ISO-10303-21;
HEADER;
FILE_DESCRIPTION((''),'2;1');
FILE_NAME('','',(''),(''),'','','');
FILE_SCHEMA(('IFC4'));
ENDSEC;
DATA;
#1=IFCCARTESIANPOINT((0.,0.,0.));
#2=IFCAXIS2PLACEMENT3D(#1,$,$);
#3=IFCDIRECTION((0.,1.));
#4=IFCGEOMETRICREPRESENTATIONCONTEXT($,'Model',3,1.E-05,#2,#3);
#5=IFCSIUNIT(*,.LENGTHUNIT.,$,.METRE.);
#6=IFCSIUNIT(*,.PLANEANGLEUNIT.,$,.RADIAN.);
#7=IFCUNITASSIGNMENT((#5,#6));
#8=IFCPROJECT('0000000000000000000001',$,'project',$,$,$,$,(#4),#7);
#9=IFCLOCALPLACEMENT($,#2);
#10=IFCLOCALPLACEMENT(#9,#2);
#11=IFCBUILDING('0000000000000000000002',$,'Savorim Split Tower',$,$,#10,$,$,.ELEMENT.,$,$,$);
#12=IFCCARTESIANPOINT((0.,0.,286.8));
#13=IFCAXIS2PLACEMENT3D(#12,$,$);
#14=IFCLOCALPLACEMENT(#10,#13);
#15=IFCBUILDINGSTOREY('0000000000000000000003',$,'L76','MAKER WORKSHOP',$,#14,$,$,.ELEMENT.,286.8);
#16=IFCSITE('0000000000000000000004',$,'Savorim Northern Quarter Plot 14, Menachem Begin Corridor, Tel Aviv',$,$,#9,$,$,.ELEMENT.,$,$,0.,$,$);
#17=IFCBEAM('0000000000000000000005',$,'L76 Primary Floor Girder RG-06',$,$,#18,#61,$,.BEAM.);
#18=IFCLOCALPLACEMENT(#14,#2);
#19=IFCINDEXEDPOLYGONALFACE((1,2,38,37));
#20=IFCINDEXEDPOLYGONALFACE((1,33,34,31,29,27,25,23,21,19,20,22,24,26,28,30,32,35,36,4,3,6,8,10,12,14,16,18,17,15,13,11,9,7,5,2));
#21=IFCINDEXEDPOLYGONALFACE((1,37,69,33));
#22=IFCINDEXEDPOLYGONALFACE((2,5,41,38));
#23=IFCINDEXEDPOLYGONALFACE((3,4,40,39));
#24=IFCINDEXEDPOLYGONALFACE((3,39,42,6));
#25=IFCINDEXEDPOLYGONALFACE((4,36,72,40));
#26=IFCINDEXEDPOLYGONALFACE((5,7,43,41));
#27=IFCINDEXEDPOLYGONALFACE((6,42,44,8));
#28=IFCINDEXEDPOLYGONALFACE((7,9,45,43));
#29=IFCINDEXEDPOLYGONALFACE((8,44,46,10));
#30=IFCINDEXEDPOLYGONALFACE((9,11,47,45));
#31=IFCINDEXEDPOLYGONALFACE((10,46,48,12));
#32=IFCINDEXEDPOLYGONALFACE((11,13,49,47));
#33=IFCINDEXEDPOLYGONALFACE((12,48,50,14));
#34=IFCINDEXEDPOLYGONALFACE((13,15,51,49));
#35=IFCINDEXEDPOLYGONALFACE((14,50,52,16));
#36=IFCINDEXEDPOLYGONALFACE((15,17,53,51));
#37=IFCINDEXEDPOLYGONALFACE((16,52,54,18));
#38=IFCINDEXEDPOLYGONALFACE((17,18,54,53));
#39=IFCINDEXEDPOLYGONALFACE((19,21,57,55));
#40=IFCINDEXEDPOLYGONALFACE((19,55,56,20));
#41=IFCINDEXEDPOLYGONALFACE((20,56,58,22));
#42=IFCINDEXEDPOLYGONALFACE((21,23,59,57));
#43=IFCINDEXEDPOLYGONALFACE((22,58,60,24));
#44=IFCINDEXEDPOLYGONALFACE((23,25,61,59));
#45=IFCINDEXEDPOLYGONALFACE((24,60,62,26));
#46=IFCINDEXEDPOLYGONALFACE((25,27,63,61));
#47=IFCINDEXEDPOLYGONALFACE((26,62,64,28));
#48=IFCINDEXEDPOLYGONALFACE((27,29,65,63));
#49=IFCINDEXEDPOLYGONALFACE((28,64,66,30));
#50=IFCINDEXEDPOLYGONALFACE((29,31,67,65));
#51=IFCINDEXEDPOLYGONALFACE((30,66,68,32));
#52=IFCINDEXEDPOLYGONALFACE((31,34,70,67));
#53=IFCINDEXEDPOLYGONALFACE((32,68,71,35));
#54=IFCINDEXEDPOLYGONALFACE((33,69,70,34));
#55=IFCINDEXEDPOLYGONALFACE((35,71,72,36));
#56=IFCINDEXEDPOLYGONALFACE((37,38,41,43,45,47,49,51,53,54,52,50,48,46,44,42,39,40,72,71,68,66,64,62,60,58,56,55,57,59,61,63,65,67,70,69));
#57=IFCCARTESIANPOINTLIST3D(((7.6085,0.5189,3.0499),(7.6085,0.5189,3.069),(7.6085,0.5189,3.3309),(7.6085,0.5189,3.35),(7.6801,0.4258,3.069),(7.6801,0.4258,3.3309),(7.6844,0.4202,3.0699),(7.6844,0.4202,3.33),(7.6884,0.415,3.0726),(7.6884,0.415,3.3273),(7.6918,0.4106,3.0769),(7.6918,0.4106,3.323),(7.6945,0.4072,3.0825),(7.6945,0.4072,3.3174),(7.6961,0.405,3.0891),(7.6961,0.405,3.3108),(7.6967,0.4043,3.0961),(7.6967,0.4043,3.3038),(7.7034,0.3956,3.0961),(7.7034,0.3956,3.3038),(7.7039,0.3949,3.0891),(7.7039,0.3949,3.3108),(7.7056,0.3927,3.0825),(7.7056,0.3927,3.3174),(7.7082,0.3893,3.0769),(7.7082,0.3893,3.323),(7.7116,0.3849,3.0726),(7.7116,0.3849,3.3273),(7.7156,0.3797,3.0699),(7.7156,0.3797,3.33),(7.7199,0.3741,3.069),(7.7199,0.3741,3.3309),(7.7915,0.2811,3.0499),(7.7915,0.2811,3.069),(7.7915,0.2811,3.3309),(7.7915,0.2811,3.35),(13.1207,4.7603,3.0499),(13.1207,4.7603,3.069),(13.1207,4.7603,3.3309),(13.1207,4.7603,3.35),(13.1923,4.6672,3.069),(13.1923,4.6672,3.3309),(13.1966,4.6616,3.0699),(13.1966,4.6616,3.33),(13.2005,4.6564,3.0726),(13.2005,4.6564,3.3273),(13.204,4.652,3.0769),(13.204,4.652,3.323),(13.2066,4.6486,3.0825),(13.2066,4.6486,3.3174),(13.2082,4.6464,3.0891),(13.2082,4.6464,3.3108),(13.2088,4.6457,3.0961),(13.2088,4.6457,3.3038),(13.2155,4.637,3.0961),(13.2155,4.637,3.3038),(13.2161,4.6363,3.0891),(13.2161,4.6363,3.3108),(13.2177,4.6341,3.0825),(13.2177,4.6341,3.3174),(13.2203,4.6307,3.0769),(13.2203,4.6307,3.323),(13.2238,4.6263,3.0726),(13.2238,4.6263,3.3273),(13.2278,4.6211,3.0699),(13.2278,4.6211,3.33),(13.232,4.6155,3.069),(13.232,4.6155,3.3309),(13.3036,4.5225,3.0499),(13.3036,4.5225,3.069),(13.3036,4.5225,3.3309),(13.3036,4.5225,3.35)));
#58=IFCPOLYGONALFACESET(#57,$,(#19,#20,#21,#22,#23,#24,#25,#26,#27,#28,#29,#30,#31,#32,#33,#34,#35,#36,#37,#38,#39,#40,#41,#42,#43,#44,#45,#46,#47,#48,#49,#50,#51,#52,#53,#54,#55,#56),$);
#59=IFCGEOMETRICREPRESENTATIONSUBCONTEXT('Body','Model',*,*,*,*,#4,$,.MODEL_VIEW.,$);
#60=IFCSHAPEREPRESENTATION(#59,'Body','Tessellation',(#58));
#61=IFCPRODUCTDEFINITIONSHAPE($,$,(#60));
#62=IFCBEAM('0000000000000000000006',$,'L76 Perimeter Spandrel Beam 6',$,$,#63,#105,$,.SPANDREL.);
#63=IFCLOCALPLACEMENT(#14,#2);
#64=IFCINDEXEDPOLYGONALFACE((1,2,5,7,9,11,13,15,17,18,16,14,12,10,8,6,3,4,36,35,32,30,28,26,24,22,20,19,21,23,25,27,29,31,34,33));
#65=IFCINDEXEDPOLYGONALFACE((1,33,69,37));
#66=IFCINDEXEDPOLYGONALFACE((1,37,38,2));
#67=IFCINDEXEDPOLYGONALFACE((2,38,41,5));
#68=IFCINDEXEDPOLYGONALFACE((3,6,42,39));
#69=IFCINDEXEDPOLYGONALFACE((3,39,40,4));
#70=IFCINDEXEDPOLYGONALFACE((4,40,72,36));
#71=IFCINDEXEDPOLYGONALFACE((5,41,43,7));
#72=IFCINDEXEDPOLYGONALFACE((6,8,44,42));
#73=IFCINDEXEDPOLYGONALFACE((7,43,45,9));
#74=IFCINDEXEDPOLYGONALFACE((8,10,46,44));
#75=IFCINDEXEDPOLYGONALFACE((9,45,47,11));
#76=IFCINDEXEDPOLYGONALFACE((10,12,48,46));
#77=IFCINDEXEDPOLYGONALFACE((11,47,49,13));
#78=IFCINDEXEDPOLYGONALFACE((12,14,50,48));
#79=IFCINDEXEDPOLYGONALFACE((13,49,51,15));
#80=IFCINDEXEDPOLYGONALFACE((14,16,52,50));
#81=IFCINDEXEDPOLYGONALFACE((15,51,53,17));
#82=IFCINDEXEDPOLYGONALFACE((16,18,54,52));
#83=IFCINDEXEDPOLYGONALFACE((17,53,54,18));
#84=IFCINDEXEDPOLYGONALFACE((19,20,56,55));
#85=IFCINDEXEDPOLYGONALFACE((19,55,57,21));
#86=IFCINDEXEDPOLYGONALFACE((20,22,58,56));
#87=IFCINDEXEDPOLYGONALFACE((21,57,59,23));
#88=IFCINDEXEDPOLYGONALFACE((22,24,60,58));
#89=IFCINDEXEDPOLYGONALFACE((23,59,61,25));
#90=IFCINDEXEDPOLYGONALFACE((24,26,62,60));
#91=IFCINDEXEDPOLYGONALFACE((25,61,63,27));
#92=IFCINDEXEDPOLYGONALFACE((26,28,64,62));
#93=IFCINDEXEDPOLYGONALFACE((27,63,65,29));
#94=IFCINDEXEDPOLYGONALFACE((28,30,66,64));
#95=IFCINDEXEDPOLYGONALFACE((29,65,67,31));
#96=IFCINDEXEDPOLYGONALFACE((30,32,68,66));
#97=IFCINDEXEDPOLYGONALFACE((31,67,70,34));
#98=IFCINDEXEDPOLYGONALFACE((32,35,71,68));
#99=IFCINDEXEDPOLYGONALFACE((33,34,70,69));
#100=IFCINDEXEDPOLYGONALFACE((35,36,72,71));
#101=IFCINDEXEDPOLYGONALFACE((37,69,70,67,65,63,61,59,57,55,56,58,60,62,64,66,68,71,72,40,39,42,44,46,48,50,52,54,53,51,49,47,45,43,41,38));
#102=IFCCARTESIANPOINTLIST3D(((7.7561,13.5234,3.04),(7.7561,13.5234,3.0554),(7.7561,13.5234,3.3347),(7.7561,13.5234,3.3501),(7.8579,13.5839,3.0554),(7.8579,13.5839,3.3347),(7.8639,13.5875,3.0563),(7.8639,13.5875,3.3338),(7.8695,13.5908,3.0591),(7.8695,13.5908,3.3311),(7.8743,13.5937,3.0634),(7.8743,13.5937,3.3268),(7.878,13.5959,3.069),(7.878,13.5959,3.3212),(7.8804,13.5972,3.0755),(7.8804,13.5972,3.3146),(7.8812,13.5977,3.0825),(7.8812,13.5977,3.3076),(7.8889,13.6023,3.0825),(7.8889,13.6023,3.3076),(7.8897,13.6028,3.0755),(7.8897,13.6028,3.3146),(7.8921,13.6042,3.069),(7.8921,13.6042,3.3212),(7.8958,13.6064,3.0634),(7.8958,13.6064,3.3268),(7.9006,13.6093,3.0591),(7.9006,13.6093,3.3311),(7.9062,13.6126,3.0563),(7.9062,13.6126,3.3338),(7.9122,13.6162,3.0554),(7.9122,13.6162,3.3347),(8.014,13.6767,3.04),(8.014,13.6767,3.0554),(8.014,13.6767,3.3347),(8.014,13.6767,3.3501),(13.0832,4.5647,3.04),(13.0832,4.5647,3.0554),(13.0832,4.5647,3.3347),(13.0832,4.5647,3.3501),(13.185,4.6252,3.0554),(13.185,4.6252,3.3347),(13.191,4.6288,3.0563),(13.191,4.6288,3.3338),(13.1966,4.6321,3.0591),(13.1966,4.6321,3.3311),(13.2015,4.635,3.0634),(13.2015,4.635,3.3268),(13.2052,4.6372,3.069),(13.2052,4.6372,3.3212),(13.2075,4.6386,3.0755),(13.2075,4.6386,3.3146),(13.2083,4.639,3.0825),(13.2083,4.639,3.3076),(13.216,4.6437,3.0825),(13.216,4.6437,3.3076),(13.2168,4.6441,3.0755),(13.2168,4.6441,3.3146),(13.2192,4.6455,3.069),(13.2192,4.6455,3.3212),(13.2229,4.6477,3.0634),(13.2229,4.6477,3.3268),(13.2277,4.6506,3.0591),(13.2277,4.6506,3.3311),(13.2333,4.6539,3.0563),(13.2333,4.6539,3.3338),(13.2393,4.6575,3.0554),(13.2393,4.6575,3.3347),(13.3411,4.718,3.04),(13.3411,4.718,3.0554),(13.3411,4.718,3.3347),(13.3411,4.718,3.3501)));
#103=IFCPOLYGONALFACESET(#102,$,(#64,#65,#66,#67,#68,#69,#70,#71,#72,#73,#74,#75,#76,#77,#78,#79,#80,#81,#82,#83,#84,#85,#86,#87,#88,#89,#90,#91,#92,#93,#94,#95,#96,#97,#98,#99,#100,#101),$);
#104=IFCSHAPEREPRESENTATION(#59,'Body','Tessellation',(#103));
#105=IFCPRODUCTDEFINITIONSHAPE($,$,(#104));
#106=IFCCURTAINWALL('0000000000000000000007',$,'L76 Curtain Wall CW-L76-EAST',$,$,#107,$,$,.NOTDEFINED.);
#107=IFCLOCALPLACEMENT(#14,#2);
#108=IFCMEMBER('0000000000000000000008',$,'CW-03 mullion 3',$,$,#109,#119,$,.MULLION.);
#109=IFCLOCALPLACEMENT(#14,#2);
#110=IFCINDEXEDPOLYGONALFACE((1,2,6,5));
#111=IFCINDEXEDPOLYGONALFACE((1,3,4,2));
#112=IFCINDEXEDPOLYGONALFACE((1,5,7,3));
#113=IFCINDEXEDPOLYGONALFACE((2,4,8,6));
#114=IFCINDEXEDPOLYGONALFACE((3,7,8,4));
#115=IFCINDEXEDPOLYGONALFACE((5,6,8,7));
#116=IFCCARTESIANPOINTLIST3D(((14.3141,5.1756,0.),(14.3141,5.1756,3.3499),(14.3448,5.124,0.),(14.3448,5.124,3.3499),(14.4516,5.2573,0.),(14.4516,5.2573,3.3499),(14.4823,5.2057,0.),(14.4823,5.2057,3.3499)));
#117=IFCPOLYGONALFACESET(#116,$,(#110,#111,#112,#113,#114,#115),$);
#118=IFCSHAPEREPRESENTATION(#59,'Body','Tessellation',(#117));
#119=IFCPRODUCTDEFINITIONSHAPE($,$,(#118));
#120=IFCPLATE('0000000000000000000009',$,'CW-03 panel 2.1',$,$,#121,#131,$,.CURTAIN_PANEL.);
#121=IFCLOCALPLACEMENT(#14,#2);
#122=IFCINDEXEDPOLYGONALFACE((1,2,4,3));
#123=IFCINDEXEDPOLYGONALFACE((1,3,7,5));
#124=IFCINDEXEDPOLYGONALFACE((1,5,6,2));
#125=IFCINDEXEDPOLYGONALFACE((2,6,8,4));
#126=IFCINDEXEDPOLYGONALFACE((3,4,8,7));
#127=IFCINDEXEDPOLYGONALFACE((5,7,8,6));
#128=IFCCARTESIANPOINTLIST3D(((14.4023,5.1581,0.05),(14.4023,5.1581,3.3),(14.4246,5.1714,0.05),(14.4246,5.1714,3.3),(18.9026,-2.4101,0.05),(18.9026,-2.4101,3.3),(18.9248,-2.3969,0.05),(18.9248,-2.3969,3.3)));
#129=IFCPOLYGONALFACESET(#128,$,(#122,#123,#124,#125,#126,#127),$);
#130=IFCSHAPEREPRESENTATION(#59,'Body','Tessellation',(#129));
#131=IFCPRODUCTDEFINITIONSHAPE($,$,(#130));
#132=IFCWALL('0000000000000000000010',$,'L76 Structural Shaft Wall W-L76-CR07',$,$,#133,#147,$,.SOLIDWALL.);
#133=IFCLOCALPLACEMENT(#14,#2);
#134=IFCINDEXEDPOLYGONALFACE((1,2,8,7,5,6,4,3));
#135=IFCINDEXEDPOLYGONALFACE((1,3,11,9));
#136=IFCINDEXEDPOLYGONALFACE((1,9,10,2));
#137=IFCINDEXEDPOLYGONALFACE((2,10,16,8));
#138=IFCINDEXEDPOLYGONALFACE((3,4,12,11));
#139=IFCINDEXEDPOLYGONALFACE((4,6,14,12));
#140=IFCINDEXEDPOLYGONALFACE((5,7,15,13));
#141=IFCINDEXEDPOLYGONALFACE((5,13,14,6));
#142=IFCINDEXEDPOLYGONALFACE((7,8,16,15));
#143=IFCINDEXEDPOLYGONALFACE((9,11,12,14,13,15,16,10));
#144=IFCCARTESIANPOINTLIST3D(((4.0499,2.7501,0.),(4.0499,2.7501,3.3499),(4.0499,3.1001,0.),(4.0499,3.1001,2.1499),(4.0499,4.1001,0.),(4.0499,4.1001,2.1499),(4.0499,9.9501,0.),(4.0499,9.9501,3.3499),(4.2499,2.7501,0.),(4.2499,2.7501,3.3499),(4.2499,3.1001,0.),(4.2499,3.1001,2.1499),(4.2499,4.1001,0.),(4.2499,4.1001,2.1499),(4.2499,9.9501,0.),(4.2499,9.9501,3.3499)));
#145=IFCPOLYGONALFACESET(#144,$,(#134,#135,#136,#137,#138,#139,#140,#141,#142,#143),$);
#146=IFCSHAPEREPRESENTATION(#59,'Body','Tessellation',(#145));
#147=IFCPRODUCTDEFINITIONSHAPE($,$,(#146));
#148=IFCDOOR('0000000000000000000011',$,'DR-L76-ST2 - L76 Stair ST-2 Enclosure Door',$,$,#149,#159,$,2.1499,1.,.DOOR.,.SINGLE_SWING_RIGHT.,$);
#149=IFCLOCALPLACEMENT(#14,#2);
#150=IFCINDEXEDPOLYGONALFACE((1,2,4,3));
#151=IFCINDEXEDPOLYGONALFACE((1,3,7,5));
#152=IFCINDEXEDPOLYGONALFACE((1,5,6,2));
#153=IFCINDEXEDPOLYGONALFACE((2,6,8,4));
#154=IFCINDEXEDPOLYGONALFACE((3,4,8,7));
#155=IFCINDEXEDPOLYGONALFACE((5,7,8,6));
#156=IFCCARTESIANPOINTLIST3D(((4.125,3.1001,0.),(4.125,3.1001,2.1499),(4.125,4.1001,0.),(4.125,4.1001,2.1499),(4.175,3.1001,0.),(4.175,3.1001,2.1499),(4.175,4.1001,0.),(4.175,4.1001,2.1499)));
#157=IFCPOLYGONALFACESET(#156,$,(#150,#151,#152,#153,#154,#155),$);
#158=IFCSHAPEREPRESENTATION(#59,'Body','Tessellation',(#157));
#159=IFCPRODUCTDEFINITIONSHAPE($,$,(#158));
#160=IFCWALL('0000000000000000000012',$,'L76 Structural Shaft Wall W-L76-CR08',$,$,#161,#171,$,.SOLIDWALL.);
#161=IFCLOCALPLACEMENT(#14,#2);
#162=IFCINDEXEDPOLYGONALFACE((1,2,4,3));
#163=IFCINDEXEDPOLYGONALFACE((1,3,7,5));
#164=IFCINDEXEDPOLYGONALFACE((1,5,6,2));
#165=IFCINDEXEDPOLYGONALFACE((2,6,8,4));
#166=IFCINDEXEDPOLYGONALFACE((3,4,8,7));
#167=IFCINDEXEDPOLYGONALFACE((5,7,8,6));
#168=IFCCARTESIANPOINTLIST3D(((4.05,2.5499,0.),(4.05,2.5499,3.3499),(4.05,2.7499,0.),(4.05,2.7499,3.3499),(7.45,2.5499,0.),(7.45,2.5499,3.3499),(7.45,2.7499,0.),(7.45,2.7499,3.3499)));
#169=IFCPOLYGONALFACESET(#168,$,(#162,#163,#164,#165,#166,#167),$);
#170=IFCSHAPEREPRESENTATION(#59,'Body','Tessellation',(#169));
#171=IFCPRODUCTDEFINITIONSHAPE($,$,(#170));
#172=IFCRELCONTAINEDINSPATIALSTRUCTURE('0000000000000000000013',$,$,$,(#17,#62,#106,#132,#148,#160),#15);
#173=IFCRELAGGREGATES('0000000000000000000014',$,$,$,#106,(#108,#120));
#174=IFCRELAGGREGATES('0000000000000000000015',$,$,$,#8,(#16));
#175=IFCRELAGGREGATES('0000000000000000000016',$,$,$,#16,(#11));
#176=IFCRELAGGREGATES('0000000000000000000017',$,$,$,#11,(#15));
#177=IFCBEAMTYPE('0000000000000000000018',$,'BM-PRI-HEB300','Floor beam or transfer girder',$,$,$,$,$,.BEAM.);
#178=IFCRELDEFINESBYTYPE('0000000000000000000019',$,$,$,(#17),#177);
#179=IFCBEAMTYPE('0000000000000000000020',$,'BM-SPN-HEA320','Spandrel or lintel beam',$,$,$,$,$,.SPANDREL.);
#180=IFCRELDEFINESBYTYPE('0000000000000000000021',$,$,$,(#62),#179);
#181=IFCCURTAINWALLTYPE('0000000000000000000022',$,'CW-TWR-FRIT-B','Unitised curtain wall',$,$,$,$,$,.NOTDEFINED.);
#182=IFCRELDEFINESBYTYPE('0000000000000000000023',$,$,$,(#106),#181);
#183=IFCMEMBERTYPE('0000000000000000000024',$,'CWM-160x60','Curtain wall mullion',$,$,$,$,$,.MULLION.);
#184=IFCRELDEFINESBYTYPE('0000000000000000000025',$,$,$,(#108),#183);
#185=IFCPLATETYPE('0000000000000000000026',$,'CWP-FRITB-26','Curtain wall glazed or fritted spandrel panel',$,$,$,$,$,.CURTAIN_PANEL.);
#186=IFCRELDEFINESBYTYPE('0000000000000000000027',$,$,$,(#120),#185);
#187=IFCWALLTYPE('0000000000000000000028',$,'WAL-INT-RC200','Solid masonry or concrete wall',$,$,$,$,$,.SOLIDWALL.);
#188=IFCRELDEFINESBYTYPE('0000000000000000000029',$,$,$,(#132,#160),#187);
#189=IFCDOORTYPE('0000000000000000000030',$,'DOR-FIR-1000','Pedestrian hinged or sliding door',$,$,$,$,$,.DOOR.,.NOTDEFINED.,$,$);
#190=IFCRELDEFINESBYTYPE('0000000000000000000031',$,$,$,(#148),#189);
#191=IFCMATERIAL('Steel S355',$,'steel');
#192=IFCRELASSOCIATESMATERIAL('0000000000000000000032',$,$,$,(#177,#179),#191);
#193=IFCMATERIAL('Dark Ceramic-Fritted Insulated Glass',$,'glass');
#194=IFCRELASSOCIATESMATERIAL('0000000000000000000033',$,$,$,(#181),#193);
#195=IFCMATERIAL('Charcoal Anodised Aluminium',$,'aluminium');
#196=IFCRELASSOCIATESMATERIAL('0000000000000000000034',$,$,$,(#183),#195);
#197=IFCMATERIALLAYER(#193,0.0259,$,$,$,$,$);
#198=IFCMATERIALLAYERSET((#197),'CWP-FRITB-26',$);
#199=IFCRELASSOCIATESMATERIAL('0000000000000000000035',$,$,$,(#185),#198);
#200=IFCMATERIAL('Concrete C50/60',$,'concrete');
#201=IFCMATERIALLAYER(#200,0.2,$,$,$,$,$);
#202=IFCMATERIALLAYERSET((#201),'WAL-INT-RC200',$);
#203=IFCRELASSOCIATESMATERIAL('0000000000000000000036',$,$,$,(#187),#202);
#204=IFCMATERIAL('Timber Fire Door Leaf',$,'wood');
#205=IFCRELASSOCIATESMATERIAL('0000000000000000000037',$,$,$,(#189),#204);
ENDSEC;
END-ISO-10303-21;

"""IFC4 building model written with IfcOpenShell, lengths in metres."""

from ifc_helpers import new_model, si_unit, direction, frame, frame_2d, origin, origin_2d, place, context, subcontext, project, spatial, rectangle, i_section, extrude, material, layer, layer_set, material_profile, profile_set, type_object, element, fill, aggregate, save


model = new_model("IFC4")

# Units and contexts
model_context = context("Model", 3, precision=1e-05, world=origin(), true_north=direction((0.0, 1.0)))
body_context = subcontext(model_context, "Body", "Model", "MODEL_VIEW")
ifc_project = project(units=[si_unit("LENGTHUNIT", "METRE"), si_unit("PLANEANGLEUNIT", "RADIAN")], contexts=[model_context])

# Site, building, storey
site_placement = place(None, origin())
site = spatial("IfcSite", under=ifc_project, at=site_placement, Name="Savorim Northern Quarter Plot 14, Menachem Begin Corridor, Tel Aviv", CompositionType="ELEMENT", RefElevation=0.0)
building_placement = place(site_placement, origin())
building = spatial("IfcBuilding", under=site, at=building_placement, Name="Savorim Split Tower", CompositionType="ELEMENT")
storey_placement = place(building_placement, frame((0.0, 0.0, 286.8)))
storey = spatial("IfcBuildingStorey", under=building, at=storey_placement, Name="L76", Description="MAKER WORKSHOP", CompositionType="ELEMENT", Elevation=286.8)

# Shared definitions
ifc_material_1 = material(Name="Steel S355", Category="steel")

# Beams
ifc_material_profile_1 = material_profile(ifc_material_1, i_section(OverallWidth=0.3, OverallDepth=0.3, WebThickness=0.011, FlangeThickness=0.019, FilletRadius=0.0271, at=origin_2d()), Name="HEB 300")
ifc_profile_set_1 = profile_set([ifc_material_profile_1], Name="Steel S355")
beam_type_1 = type_object("IfcBeamType", Name="BM-PRI-HEB300", Description="Floor beam or transfer girder", PredefinedType="BEAM", material=ifc_profile_set_1)
beam_1_placement = place(storey_placement, frame((13.2122, 4.6414, 3.2), z_axis=(-0.792534, -0.609828, 0.0), x_axis=(0.609828, -0.792534, 0.0)))
element("IfcBeam", 1, at=beam_1_placement, inside=storey, type_object=beam_type_1, Name="L76 Primary Floor Girder RG-06", PredefinedType="BEAM", context=body_context, shape_type="SweptSolid", body=[
    extrude(i_section(OverallWidth=0.3, OverallDepth=0.3, WebThickness=0.011, FlangeThickness=0.019, FilletRadius=0.0271, at=origin_2d()), origin(), (0.0, 0.0, 1.0), 6.9551),
])
ifc_material_profile_2 = material_profile(ifc_material_1, i_section(OverallWidth=0.3, OverallDepth=0.3101, WebThickness=0.009, FlangeThickness=0.0154, FilletRadius=0.0271, at=origin_2d()), Name="HEA 320")
ifc_profile_set_2 = profile_set([ifc_material_profile_2], Name="Steel S355")
beam_type_2 = type_object("IfcBeamType", Name="BM-SPN-HEA320", Description="Spandrel or lintel beam", PredefinedType="SPANDREL", material=ifc_profile_set_2)
beam_2_placement = place(storey_placement, frame((13.2122, 4.6414, 3.1951), z_axis=(-0.511099, 0.859522, 0.0), x_axis=(-0.859522, -0.511099, 0.0)))
element("IfcBeam", 2, at=beam_2_placement, inside=storey, type_object=beam_type_2, Name="L76 Perimeter Spandrel Beam 6", PredefinedType="SPANDREL", context=body_context, shape_type="SweptSolid", body=[
    extrude(i_section(OverallWidth=0.3, OverallDepth=0.3101, WebThickness=0.009, FlangeThickness=0.0154, FilletRadius=0.0271, at=origin_2d()), origin(), (0.0, 0.0, 1.0), 10.4229),
])

# Curtain wall, member, plate
ifc_material_2 = material(Name="Dark Ceramic-Fritted Insulated Glass", Category="glass")
curtain_wall_type = type_object("IfcCurtainWallType", Name="CW-TWR-FRIT-B", Description="Unitised curtain wall", PredefinedType="NOTDEFINED", material=ifc_material_2)
curtain_wall_placement = place(storey_placement, origin())
curtain_wall = element("IfcCurtainWall", 3, at=curtain_wall_placement, inside=storey, type_object=curtain_wall_type, Name="L76 Curtain Wall CW-L76-EAST", PredefinedType="NOTDEFINED")
ifc_material_3 = material(Name="Charcoal Anodised Aluminium", Category="aluminium")
ifc_material_profile_3 = material_profile(ifc_material_3, rectangle(XDim=0.1599, YDim=0.0601, at=origin_2d()), Name="ALU-M 160x60")
ifc_profile_set_3 = profile_set([ifc_material_profile_3], Name="Charcoal Anodised Aluminium")
member_type = type_object("IfcMemberType", Name="CWM-160x60", Description="Curtain wall mullion", PredefinedType="MULLION", material=ifc_profile_set_3)
member_placement = place(storey_placement, frame((14.3982, 5.1907, 0.0), z_axis=(0.0, 0.0, 1.0), x_axis=(-0.859526, -0.511092, 0.0)))
member = element("IfcMember", 4, at=member_placement, type_object=member_type, Name="CW-03 mullion 3", PredefinedType="MULLION", context=body_context, shape_type="SweptSolid", body=[
    extrude(rectangle(XDim=0.1599, YDim=0.0601, at=origin_2d()), origin(), (0.0, 0.0, 1.0), 3.3499),
])
ifc_layer_1 = layer(ifc_material_2, 0.0259)
ifc_layer_set_1 = layer_set([ifc_layer_1], Name="CWP-FRITB-26")
plate_type = type_object("IfcPlateType", Name="CWP-FRITB-26", Description="Curtain wall glazed or fritted spandrel panel", PredefinedType="CURTAIN_PANEL", material=ifc_layer_set_1)
plate_placement = place(storey_placement, frame((16.6636, 1.3806, 0.05), z_axis=(0.0, 0.0, 1.0), x_axis=(-0.511092, 0.859526, 0.0)))
plate = element("IfcPlate", 5, at=plate_placement, type_object=plate_type, Name="CW-03 panel 2.1", PredefinedType="CURTAIN_PANEL", context=body_context, shape_type="SweptSolid", body=[
    extrude(rectangle(XDim=8.8052, YDim=0.0259, at=origin_2d()), origin(), (0.0, 0.0, 1.0), 3.25),
])
aggregate(curtain_wall, [member, plate])

# Wall, opening, door
ifc_material_4 = material(Name="Concrete C50/60", Category="concrete")
ifc_layer_2 = layer(ifc_material_4, 0.2)
ifc_layer_set_2 = layer_set([ifc_layer_2], Name="WAL-INT-RC200")
wall_type_1 = type_object("IfcWallType", Name="WAL-INT-RC200", Description="Solid masonry or concrete wall", PredefinedType="SOLIDWALL", material=ifc_layer_set_2)
wall_1_placement = place(storey_placement, frame((4.1499, 2.75, 0.0), z_axis=(0.0, 0.0, 1.0), x_axis=(0.0, 1.0, 0.0)))
wall_1 = element("IfcWall", 6, at=wall_1_placement, inside=storey, type_object=wall_type_1, Name="L76 Structural Shaft Wall W-L76-CR07", PredefinedType="SOLIDWALL", context=body_context, shape_type="SweptSolid", body=[
    extrude(rectangle(XDim=7.2, YDim=0.2, at=frame_2d((3.6001, 0.0))), origin(), (0.0, 0.0, 1.0), 3.3499),
])
opening_1_placement = place(wall_1_placement, frame((0.3501, 0.0, 0.0)))
opening_1 = element("IfcOpeningElement", 7, at=opening_1_placement, cuts=wall_1, PredefinedType="OPENING", context=body_context, shape_type="SweptSolid", body=[
    extrude(rectangle(XDim=1.0, YDim=2.1499, at=frame_2d((0.5, 1.075))), frame((0.0, 0.1099, 0.0), z_axis=(0.0, -1.0, 0.0), x_axis=(1.0, 0.0, 0.0)), (0.0, 0.0, 1.0), 0.22),
])
ifc_material_5 = material(Name="Timber Fire Door Leaf", Category="wood")
door_type_1 = type_object("IfcDoorType", Name="DOR-FIR-1000", Description="Pedestrian hinged or sliding door", OperationType="NOTDEFINED", PredefinedType="DOOR", material=ifc_material_5)
door_1_placement = place(opening_1_placement, origin())
door_1 = element("IfcDoor", 8, at=door_1_placement, inside=storey, type_object=door_type_1, Name="DR-L76-ST2 - L76 Stair ST-2 Enclosure Door", OperationType="SINGLE_SWING_RIGHT", OverallHeight=2.1499, OverallWidth=1.0, PredefinedType="DOOR", context=body_context, shape_type="SweptSolid", body=[
    extrude(rectangle(XDim=1.0, YDim=2.1499, at=frame_2d((0.5, 1.075))), frame((0.0, 0.0249, 0.0), z_axis=(0.0, -1.0, 0.0), x_axis=(1.0, 0.0, 0.0)), (0.0, 0.0, 1.0), 0.05),
])
fill(opening_1, door_1)

# Wall
wall_2_placement = place(storey_placement, frame((4.05, 2.6499, 0.0), z_axis=(0.0, 0.0, 1.0), x_axis=(1.0, 0.0, 0.0)))
element("IfcWall", 9, at=wall_2_placement, inside=storey, type_object=wall_type_1, Name="L76 Structural Shaft Wall W-L76-CR08", PredefinedType="SOLIDWALL", context=body_context, shape_type="SweptSolid", body=[
    extrude(rectangle(XDim=3.3999, YDim=0.2, at=frame_2d((1.7, 0.0))), origin(), (0.0, 0.0, 1.0), 3.3499),
])

save(model, "model.ifc")
